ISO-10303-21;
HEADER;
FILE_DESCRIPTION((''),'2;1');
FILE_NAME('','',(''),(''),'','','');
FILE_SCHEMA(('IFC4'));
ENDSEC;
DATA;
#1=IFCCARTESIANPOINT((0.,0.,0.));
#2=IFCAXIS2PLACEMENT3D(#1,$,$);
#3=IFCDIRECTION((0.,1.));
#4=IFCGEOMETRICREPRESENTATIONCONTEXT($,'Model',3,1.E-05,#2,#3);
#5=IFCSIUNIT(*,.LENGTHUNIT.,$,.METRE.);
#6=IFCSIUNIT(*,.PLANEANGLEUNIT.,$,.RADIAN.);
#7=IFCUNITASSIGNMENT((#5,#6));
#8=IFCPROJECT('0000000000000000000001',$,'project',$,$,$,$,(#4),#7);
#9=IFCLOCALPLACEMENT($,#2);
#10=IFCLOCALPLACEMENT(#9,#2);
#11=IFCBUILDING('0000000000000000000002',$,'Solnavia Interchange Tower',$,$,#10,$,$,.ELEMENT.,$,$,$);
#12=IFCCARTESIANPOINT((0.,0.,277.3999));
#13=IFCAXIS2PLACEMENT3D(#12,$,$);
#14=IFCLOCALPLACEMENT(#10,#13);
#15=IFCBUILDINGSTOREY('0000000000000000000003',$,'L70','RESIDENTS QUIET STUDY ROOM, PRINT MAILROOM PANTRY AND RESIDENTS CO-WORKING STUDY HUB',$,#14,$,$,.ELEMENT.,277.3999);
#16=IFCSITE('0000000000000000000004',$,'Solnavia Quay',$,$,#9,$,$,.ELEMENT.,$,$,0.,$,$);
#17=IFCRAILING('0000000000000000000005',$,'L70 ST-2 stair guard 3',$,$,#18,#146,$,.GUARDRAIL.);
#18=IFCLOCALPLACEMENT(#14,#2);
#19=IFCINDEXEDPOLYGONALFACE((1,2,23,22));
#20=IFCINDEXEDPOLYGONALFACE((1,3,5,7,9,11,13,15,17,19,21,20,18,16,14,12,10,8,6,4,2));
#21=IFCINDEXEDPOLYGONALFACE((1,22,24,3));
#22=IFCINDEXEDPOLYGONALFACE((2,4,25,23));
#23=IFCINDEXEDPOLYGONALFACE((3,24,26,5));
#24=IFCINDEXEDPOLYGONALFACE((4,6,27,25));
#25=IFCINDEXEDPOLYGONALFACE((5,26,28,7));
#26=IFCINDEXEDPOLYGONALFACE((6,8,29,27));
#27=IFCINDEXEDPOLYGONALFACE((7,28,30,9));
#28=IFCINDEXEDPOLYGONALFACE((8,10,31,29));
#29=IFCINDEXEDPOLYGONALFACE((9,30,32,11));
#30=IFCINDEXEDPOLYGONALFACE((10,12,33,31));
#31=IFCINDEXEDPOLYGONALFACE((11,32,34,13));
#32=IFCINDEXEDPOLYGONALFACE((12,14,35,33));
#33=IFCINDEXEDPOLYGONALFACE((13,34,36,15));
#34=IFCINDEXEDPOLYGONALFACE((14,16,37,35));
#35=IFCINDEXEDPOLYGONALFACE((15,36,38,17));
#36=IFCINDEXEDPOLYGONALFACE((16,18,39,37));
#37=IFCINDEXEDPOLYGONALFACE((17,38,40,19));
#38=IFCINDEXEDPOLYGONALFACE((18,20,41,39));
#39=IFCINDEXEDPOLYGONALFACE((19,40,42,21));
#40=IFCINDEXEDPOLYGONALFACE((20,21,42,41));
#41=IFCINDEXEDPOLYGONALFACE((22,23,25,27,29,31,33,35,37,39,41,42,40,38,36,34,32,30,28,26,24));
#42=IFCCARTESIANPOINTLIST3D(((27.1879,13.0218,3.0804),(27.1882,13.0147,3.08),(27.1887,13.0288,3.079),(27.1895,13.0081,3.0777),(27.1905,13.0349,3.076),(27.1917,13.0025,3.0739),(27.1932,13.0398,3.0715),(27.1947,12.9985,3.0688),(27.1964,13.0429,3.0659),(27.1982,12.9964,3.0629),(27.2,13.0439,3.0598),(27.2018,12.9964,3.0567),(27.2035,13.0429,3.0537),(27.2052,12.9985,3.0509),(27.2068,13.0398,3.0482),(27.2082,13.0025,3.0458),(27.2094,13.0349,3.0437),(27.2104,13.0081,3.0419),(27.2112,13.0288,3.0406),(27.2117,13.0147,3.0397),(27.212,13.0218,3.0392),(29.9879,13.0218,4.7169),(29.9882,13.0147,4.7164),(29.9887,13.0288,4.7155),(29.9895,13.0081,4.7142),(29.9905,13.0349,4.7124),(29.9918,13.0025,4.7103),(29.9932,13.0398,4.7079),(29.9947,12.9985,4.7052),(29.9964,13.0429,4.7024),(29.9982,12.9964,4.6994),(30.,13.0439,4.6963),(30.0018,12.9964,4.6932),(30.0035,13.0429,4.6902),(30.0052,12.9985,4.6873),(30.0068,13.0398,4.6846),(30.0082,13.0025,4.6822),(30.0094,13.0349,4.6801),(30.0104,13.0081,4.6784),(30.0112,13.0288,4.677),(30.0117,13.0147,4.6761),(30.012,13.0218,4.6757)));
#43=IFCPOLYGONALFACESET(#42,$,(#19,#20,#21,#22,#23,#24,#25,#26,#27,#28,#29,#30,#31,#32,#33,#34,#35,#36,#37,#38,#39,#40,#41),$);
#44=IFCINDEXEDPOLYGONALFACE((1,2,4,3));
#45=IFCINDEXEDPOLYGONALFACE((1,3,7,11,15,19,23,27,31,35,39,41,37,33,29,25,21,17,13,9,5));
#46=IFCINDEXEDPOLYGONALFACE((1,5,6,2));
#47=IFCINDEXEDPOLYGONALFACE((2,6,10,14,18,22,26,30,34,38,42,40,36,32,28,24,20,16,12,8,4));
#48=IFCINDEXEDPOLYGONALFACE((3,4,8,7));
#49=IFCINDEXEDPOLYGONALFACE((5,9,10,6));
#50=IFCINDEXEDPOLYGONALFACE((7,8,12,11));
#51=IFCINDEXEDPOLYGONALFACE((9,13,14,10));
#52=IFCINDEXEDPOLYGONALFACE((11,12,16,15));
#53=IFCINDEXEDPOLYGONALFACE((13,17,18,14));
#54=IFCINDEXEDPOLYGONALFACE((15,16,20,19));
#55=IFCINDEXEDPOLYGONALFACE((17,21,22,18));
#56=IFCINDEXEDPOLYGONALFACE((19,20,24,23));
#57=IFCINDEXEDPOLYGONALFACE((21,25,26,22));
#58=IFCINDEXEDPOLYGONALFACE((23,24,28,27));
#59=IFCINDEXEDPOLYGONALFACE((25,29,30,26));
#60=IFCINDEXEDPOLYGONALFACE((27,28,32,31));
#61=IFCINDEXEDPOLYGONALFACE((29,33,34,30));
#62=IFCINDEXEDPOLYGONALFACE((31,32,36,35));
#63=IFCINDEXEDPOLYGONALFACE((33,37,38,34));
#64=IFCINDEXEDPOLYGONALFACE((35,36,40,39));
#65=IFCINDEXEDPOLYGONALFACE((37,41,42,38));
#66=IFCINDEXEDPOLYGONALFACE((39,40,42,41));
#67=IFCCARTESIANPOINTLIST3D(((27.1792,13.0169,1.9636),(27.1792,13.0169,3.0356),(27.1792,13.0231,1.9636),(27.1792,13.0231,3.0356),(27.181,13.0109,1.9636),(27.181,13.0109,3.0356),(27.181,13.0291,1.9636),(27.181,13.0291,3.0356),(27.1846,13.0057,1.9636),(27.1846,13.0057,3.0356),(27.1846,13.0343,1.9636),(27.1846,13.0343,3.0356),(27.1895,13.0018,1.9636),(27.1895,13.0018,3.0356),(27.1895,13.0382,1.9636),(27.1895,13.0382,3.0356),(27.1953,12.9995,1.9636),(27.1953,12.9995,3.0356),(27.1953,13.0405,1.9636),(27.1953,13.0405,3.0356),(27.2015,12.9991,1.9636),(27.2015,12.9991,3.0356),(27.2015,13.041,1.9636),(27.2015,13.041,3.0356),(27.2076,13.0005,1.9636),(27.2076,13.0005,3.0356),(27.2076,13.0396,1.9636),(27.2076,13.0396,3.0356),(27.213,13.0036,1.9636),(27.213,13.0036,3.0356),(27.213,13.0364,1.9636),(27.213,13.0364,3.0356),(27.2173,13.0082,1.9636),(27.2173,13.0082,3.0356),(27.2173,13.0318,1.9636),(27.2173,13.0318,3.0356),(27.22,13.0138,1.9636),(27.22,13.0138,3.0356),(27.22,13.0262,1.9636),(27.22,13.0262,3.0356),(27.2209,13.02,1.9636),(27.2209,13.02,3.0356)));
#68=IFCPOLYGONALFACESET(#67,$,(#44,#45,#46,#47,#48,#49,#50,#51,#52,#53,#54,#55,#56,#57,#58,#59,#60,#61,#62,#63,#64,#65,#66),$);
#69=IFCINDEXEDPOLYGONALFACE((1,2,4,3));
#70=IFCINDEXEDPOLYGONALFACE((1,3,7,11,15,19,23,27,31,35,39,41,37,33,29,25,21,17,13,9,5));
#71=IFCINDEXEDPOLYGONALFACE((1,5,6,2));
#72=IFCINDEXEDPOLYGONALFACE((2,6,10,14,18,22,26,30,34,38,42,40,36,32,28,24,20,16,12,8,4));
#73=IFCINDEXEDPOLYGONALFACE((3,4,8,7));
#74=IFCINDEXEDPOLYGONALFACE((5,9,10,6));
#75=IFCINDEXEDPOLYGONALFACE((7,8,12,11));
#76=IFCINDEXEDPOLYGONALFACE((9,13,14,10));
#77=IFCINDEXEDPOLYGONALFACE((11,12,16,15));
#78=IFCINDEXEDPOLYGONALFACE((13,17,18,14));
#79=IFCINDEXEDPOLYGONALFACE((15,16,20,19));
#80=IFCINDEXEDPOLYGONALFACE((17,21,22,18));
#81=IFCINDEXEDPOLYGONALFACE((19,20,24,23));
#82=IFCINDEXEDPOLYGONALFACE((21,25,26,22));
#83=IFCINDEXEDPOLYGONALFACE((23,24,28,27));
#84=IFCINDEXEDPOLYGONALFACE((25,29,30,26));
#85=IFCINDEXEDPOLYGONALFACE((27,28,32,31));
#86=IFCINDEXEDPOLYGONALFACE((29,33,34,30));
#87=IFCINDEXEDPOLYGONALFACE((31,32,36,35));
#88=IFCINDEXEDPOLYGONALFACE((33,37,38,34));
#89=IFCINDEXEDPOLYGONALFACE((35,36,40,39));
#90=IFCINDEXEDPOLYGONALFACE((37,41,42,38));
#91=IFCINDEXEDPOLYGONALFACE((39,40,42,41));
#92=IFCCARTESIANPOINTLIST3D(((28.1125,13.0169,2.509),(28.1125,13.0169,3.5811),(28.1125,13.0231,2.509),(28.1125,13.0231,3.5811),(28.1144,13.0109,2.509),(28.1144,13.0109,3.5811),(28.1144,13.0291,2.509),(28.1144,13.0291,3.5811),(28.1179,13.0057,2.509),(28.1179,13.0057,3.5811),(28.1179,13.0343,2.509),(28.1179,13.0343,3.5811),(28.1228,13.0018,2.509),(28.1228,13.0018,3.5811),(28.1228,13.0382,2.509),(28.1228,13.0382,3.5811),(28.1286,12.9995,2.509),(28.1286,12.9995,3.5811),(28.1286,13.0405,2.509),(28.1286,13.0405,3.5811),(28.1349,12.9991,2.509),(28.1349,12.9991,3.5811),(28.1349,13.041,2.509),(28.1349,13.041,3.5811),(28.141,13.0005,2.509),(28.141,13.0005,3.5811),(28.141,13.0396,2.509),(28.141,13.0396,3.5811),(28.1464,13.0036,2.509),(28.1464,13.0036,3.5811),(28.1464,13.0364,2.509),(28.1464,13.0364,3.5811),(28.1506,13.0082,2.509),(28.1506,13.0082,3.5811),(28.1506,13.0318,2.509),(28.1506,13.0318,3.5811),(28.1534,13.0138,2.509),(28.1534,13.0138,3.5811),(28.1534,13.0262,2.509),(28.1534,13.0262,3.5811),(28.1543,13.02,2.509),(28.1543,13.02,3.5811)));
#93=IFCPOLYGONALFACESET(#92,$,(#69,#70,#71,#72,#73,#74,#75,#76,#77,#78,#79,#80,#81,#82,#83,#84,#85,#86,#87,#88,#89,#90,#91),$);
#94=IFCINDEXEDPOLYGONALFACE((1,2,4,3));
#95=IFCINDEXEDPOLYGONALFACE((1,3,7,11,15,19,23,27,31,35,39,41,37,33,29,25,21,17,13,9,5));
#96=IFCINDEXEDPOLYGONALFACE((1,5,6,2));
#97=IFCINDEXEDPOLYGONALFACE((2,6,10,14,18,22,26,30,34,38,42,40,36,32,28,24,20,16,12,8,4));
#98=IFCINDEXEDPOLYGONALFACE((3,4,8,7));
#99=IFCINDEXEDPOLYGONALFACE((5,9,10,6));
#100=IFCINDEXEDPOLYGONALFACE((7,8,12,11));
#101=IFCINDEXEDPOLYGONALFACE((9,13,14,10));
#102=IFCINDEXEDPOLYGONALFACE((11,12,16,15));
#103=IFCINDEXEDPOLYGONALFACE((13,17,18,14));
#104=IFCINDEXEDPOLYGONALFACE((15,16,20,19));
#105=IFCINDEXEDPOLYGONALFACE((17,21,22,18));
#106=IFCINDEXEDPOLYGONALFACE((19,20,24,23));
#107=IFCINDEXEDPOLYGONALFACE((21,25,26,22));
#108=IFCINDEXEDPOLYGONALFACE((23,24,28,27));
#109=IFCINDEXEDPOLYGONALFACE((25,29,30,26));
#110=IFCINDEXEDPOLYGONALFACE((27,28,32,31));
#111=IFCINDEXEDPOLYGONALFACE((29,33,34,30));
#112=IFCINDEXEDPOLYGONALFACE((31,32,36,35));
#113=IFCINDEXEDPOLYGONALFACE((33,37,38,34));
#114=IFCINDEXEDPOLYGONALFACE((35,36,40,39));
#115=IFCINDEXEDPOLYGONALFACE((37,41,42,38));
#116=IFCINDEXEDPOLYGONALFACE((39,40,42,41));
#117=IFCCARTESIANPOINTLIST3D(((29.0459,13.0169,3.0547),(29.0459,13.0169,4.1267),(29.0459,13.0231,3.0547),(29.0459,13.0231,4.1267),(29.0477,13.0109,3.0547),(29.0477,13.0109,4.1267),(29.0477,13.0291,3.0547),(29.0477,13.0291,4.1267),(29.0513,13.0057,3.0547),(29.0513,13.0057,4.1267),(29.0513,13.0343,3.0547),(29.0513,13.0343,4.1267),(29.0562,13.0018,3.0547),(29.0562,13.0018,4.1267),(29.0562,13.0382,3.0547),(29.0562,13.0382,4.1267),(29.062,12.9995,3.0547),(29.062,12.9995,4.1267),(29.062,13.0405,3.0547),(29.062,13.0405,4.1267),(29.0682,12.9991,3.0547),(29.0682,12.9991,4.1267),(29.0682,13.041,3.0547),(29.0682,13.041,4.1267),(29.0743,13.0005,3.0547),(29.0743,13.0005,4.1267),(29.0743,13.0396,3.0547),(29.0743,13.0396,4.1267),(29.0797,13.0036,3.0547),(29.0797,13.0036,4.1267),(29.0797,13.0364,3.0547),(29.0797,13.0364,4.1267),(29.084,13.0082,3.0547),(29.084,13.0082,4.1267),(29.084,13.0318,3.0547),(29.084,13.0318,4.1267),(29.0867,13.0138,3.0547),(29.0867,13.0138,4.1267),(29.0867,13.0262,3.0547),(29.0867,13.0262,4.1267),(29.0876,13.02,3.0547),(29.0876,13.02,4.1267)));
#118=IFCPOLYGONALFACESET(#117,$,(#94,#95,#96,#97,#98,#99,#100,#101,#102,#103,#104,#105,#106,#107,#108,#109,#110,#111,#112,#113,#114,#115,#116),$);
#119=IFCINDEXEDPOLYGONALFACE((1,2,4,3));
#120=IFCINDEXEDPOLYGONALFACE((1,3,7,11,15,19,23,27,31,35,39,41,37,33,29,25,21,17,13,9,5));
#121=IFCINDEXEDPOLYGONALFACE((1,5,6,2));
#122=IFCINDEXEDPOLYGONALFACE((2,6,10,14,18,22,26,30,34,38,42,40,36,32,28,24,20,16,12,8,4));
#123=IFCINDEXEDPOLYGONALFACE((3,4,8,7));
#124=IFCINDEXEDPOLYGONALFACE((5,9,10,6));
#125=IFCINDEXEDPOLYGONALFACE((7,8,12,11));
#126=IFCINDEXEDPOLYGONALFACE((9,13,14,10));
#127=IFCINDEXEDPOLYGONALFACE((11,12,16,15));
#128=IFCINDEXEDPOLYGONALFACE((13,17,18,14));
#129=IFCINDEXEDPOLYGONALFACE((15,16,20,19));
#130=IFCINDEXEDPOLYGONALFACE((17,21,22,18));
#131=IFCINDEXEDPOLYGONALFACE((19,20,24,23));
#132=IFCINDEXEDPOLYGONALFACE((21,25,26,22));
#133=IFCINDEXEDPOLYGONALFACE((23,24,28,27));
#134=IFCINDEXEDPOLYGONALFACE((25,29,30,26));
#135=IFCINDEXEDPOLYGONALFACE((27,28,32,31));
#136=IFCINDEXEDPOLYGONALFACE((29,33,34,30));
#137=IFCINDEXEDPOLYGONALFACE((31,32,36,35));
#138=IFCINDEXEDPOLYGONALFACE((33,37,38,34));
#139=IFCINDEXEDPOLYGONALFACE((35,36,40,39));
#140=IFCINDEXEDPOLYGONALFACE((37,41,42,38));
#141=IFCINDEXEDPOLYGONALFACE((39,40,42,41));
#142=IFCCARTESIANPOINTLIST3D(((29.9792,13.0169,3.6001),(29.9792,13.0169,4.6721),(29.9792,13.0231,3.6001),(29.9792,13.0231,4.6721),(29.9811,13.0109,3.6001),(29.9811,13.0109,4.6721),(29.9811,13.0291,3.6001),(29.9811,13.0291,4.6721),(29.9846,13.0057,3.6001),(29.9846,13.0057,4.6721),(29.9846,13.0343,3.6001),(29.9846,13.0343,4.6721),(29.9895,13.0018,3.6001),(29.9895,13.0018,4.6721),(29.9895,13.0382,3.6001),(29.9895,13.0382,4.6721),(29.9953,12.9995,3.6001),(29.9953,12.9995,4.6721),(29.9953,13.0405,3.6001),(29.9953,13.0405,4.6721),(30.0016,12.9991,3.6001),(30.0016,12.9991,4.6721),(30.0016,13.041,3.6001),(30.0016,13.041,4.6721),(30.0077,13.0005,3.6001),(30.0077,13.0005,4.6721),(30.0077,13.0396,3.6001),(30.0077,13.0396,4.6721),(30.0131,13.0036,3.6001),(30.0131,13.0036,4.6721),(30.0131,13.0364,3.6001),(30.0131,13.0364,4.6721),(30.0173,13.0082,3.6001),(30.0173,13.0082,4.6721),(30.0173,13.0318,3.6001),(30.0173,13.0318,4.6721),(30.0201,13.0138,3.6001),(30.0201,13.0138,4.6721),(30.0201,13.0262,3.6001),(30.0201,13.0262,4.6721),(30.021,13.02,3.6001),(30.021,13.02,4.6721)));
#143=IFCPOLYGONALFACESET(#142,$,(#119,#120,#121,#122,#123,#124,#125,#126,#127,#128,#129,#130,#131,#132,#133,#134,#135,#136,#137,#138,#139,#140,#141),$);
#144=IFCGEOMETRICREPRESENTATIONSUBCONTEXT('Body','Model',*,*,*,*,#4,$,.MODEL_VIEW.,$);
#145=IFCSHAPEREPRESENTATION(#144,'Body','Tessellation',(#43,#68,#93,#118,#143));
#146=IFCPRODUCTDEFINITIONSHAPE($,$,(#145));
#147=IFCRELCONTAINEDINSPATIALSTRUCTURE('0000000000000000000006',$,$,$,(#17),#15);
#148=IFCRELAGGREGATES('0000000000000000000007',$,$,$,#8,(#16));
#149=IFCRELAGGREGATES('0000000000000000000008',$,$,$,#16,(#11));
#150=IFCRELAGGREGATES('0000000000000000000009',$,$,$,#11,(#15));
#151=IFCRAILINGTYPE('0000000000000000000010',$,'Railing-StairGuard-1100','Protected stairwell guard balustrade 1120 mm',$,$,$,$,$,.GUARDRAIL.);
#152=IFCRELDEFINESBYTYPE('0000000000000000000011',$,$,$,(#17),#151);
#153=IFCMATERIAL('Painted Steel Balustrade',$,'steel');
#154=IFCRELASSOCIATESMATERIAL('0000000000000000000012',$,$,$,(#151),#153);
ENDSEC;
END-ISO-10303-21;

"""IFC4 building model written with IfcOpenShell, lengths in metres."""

from ifc_helpers import new_model, si_unit, direction, frame, origin, origin_2d, place, context, subcontext, project, spatial, circle, extrude, material, type_object, element, save


model = new_model("IFC4")

# Units and contexts
model_context = context("Model", 3, precision=1e-05, world=origin(), true_north=direction((0.0, 1.0)))
body_context = subcontext(model_context, "Body", "Model", "MODEL_VIEW")
ifc_project = project(units=[si_unit("LENGTHUNIT", "METRE"), si_unit("PLANEANGLEUNIT", "RADIAN")], contexts=[model_context])

# Site, building, storey
site_placement = place(None, origin())
site = spatial("IfcSite", under=ifc_project, at=site_placement, Name="Solnavia Quay", CompositionType="ELEMENT", RefElevation=0.0)
building_placement = place(site_placement, origin())
building = spatial("IfcBuilding", under=site, at=building_placement, Name="Solnavia Interchange Tower", CompositionType="ELEMENT")
storey_placement = place(building_placement, frame((0.0, 0.0, 277.3999)))
storey = spatial("IfcBuildingStorey", under=building, at=storey_placement, Name="L70", Description="RESIDENTS QUIET STUDY ROOM, PRINT MAILROOM PANTRY AND RESIDENTS CO-WORKING STUDY HUB", CompositionType="ELEMENT", Elevation=277.3999)

# Railing
ifc_material_1 = material(Name="Painted Steel Balustrade", Category="steel")
railing_type_1 = type_object("IfcRailingType", Name="Railing-StairGuard-1100", Description="Protected stairwell guard balustrade 1120 mm", PredefinedType="GUARDRAIL", material=ifc_material_1)
railing_1_placement = place(storey_placement, frame((27.2, 13.02, 1.9636)))
element("IfcRailing", 1, at=railing_1_placement, inside=storey, type_object=railing_type_1, Name="L70 ST-2 stair guard 3", PredefinedType="GUARDRAIL", context=body_context, shape_type="SweptSolid", body=[
    extrude(circle(Radius=0.0239, at=origin_2d()), frame((0.0, 0.0, 1.0962), z_axis=(0.863361, 0.0, 0.504587), x_axis=(0.0, 1.0, 0.0)), (0.0, 0.0, 1.0), 3.2432),
    extrude(circle(Radius=0.021, at=origin_2d()), origin(), (0.0, 0.0, 1.0), 1.072),
    extrude(circle(Radius=0.021, at=origin_2d()), frame((0.9333, 0.0, 0.5454)), (0.0, 0.0, 1.0), 1.072),
    extrude(circle(Radius=0.021, at=origin_2d()), frame((1.8667, 0.0, 1.0911)), (0.0, 0.0, 1.0), 1.072),
    extrude(circle(Radius=0.021, at=origin_2d()), frame((2.8, 0.0, 1.6365)), (0.0, 0.0, 1.0), 1.072),
])

save(model, "model.ifc")
